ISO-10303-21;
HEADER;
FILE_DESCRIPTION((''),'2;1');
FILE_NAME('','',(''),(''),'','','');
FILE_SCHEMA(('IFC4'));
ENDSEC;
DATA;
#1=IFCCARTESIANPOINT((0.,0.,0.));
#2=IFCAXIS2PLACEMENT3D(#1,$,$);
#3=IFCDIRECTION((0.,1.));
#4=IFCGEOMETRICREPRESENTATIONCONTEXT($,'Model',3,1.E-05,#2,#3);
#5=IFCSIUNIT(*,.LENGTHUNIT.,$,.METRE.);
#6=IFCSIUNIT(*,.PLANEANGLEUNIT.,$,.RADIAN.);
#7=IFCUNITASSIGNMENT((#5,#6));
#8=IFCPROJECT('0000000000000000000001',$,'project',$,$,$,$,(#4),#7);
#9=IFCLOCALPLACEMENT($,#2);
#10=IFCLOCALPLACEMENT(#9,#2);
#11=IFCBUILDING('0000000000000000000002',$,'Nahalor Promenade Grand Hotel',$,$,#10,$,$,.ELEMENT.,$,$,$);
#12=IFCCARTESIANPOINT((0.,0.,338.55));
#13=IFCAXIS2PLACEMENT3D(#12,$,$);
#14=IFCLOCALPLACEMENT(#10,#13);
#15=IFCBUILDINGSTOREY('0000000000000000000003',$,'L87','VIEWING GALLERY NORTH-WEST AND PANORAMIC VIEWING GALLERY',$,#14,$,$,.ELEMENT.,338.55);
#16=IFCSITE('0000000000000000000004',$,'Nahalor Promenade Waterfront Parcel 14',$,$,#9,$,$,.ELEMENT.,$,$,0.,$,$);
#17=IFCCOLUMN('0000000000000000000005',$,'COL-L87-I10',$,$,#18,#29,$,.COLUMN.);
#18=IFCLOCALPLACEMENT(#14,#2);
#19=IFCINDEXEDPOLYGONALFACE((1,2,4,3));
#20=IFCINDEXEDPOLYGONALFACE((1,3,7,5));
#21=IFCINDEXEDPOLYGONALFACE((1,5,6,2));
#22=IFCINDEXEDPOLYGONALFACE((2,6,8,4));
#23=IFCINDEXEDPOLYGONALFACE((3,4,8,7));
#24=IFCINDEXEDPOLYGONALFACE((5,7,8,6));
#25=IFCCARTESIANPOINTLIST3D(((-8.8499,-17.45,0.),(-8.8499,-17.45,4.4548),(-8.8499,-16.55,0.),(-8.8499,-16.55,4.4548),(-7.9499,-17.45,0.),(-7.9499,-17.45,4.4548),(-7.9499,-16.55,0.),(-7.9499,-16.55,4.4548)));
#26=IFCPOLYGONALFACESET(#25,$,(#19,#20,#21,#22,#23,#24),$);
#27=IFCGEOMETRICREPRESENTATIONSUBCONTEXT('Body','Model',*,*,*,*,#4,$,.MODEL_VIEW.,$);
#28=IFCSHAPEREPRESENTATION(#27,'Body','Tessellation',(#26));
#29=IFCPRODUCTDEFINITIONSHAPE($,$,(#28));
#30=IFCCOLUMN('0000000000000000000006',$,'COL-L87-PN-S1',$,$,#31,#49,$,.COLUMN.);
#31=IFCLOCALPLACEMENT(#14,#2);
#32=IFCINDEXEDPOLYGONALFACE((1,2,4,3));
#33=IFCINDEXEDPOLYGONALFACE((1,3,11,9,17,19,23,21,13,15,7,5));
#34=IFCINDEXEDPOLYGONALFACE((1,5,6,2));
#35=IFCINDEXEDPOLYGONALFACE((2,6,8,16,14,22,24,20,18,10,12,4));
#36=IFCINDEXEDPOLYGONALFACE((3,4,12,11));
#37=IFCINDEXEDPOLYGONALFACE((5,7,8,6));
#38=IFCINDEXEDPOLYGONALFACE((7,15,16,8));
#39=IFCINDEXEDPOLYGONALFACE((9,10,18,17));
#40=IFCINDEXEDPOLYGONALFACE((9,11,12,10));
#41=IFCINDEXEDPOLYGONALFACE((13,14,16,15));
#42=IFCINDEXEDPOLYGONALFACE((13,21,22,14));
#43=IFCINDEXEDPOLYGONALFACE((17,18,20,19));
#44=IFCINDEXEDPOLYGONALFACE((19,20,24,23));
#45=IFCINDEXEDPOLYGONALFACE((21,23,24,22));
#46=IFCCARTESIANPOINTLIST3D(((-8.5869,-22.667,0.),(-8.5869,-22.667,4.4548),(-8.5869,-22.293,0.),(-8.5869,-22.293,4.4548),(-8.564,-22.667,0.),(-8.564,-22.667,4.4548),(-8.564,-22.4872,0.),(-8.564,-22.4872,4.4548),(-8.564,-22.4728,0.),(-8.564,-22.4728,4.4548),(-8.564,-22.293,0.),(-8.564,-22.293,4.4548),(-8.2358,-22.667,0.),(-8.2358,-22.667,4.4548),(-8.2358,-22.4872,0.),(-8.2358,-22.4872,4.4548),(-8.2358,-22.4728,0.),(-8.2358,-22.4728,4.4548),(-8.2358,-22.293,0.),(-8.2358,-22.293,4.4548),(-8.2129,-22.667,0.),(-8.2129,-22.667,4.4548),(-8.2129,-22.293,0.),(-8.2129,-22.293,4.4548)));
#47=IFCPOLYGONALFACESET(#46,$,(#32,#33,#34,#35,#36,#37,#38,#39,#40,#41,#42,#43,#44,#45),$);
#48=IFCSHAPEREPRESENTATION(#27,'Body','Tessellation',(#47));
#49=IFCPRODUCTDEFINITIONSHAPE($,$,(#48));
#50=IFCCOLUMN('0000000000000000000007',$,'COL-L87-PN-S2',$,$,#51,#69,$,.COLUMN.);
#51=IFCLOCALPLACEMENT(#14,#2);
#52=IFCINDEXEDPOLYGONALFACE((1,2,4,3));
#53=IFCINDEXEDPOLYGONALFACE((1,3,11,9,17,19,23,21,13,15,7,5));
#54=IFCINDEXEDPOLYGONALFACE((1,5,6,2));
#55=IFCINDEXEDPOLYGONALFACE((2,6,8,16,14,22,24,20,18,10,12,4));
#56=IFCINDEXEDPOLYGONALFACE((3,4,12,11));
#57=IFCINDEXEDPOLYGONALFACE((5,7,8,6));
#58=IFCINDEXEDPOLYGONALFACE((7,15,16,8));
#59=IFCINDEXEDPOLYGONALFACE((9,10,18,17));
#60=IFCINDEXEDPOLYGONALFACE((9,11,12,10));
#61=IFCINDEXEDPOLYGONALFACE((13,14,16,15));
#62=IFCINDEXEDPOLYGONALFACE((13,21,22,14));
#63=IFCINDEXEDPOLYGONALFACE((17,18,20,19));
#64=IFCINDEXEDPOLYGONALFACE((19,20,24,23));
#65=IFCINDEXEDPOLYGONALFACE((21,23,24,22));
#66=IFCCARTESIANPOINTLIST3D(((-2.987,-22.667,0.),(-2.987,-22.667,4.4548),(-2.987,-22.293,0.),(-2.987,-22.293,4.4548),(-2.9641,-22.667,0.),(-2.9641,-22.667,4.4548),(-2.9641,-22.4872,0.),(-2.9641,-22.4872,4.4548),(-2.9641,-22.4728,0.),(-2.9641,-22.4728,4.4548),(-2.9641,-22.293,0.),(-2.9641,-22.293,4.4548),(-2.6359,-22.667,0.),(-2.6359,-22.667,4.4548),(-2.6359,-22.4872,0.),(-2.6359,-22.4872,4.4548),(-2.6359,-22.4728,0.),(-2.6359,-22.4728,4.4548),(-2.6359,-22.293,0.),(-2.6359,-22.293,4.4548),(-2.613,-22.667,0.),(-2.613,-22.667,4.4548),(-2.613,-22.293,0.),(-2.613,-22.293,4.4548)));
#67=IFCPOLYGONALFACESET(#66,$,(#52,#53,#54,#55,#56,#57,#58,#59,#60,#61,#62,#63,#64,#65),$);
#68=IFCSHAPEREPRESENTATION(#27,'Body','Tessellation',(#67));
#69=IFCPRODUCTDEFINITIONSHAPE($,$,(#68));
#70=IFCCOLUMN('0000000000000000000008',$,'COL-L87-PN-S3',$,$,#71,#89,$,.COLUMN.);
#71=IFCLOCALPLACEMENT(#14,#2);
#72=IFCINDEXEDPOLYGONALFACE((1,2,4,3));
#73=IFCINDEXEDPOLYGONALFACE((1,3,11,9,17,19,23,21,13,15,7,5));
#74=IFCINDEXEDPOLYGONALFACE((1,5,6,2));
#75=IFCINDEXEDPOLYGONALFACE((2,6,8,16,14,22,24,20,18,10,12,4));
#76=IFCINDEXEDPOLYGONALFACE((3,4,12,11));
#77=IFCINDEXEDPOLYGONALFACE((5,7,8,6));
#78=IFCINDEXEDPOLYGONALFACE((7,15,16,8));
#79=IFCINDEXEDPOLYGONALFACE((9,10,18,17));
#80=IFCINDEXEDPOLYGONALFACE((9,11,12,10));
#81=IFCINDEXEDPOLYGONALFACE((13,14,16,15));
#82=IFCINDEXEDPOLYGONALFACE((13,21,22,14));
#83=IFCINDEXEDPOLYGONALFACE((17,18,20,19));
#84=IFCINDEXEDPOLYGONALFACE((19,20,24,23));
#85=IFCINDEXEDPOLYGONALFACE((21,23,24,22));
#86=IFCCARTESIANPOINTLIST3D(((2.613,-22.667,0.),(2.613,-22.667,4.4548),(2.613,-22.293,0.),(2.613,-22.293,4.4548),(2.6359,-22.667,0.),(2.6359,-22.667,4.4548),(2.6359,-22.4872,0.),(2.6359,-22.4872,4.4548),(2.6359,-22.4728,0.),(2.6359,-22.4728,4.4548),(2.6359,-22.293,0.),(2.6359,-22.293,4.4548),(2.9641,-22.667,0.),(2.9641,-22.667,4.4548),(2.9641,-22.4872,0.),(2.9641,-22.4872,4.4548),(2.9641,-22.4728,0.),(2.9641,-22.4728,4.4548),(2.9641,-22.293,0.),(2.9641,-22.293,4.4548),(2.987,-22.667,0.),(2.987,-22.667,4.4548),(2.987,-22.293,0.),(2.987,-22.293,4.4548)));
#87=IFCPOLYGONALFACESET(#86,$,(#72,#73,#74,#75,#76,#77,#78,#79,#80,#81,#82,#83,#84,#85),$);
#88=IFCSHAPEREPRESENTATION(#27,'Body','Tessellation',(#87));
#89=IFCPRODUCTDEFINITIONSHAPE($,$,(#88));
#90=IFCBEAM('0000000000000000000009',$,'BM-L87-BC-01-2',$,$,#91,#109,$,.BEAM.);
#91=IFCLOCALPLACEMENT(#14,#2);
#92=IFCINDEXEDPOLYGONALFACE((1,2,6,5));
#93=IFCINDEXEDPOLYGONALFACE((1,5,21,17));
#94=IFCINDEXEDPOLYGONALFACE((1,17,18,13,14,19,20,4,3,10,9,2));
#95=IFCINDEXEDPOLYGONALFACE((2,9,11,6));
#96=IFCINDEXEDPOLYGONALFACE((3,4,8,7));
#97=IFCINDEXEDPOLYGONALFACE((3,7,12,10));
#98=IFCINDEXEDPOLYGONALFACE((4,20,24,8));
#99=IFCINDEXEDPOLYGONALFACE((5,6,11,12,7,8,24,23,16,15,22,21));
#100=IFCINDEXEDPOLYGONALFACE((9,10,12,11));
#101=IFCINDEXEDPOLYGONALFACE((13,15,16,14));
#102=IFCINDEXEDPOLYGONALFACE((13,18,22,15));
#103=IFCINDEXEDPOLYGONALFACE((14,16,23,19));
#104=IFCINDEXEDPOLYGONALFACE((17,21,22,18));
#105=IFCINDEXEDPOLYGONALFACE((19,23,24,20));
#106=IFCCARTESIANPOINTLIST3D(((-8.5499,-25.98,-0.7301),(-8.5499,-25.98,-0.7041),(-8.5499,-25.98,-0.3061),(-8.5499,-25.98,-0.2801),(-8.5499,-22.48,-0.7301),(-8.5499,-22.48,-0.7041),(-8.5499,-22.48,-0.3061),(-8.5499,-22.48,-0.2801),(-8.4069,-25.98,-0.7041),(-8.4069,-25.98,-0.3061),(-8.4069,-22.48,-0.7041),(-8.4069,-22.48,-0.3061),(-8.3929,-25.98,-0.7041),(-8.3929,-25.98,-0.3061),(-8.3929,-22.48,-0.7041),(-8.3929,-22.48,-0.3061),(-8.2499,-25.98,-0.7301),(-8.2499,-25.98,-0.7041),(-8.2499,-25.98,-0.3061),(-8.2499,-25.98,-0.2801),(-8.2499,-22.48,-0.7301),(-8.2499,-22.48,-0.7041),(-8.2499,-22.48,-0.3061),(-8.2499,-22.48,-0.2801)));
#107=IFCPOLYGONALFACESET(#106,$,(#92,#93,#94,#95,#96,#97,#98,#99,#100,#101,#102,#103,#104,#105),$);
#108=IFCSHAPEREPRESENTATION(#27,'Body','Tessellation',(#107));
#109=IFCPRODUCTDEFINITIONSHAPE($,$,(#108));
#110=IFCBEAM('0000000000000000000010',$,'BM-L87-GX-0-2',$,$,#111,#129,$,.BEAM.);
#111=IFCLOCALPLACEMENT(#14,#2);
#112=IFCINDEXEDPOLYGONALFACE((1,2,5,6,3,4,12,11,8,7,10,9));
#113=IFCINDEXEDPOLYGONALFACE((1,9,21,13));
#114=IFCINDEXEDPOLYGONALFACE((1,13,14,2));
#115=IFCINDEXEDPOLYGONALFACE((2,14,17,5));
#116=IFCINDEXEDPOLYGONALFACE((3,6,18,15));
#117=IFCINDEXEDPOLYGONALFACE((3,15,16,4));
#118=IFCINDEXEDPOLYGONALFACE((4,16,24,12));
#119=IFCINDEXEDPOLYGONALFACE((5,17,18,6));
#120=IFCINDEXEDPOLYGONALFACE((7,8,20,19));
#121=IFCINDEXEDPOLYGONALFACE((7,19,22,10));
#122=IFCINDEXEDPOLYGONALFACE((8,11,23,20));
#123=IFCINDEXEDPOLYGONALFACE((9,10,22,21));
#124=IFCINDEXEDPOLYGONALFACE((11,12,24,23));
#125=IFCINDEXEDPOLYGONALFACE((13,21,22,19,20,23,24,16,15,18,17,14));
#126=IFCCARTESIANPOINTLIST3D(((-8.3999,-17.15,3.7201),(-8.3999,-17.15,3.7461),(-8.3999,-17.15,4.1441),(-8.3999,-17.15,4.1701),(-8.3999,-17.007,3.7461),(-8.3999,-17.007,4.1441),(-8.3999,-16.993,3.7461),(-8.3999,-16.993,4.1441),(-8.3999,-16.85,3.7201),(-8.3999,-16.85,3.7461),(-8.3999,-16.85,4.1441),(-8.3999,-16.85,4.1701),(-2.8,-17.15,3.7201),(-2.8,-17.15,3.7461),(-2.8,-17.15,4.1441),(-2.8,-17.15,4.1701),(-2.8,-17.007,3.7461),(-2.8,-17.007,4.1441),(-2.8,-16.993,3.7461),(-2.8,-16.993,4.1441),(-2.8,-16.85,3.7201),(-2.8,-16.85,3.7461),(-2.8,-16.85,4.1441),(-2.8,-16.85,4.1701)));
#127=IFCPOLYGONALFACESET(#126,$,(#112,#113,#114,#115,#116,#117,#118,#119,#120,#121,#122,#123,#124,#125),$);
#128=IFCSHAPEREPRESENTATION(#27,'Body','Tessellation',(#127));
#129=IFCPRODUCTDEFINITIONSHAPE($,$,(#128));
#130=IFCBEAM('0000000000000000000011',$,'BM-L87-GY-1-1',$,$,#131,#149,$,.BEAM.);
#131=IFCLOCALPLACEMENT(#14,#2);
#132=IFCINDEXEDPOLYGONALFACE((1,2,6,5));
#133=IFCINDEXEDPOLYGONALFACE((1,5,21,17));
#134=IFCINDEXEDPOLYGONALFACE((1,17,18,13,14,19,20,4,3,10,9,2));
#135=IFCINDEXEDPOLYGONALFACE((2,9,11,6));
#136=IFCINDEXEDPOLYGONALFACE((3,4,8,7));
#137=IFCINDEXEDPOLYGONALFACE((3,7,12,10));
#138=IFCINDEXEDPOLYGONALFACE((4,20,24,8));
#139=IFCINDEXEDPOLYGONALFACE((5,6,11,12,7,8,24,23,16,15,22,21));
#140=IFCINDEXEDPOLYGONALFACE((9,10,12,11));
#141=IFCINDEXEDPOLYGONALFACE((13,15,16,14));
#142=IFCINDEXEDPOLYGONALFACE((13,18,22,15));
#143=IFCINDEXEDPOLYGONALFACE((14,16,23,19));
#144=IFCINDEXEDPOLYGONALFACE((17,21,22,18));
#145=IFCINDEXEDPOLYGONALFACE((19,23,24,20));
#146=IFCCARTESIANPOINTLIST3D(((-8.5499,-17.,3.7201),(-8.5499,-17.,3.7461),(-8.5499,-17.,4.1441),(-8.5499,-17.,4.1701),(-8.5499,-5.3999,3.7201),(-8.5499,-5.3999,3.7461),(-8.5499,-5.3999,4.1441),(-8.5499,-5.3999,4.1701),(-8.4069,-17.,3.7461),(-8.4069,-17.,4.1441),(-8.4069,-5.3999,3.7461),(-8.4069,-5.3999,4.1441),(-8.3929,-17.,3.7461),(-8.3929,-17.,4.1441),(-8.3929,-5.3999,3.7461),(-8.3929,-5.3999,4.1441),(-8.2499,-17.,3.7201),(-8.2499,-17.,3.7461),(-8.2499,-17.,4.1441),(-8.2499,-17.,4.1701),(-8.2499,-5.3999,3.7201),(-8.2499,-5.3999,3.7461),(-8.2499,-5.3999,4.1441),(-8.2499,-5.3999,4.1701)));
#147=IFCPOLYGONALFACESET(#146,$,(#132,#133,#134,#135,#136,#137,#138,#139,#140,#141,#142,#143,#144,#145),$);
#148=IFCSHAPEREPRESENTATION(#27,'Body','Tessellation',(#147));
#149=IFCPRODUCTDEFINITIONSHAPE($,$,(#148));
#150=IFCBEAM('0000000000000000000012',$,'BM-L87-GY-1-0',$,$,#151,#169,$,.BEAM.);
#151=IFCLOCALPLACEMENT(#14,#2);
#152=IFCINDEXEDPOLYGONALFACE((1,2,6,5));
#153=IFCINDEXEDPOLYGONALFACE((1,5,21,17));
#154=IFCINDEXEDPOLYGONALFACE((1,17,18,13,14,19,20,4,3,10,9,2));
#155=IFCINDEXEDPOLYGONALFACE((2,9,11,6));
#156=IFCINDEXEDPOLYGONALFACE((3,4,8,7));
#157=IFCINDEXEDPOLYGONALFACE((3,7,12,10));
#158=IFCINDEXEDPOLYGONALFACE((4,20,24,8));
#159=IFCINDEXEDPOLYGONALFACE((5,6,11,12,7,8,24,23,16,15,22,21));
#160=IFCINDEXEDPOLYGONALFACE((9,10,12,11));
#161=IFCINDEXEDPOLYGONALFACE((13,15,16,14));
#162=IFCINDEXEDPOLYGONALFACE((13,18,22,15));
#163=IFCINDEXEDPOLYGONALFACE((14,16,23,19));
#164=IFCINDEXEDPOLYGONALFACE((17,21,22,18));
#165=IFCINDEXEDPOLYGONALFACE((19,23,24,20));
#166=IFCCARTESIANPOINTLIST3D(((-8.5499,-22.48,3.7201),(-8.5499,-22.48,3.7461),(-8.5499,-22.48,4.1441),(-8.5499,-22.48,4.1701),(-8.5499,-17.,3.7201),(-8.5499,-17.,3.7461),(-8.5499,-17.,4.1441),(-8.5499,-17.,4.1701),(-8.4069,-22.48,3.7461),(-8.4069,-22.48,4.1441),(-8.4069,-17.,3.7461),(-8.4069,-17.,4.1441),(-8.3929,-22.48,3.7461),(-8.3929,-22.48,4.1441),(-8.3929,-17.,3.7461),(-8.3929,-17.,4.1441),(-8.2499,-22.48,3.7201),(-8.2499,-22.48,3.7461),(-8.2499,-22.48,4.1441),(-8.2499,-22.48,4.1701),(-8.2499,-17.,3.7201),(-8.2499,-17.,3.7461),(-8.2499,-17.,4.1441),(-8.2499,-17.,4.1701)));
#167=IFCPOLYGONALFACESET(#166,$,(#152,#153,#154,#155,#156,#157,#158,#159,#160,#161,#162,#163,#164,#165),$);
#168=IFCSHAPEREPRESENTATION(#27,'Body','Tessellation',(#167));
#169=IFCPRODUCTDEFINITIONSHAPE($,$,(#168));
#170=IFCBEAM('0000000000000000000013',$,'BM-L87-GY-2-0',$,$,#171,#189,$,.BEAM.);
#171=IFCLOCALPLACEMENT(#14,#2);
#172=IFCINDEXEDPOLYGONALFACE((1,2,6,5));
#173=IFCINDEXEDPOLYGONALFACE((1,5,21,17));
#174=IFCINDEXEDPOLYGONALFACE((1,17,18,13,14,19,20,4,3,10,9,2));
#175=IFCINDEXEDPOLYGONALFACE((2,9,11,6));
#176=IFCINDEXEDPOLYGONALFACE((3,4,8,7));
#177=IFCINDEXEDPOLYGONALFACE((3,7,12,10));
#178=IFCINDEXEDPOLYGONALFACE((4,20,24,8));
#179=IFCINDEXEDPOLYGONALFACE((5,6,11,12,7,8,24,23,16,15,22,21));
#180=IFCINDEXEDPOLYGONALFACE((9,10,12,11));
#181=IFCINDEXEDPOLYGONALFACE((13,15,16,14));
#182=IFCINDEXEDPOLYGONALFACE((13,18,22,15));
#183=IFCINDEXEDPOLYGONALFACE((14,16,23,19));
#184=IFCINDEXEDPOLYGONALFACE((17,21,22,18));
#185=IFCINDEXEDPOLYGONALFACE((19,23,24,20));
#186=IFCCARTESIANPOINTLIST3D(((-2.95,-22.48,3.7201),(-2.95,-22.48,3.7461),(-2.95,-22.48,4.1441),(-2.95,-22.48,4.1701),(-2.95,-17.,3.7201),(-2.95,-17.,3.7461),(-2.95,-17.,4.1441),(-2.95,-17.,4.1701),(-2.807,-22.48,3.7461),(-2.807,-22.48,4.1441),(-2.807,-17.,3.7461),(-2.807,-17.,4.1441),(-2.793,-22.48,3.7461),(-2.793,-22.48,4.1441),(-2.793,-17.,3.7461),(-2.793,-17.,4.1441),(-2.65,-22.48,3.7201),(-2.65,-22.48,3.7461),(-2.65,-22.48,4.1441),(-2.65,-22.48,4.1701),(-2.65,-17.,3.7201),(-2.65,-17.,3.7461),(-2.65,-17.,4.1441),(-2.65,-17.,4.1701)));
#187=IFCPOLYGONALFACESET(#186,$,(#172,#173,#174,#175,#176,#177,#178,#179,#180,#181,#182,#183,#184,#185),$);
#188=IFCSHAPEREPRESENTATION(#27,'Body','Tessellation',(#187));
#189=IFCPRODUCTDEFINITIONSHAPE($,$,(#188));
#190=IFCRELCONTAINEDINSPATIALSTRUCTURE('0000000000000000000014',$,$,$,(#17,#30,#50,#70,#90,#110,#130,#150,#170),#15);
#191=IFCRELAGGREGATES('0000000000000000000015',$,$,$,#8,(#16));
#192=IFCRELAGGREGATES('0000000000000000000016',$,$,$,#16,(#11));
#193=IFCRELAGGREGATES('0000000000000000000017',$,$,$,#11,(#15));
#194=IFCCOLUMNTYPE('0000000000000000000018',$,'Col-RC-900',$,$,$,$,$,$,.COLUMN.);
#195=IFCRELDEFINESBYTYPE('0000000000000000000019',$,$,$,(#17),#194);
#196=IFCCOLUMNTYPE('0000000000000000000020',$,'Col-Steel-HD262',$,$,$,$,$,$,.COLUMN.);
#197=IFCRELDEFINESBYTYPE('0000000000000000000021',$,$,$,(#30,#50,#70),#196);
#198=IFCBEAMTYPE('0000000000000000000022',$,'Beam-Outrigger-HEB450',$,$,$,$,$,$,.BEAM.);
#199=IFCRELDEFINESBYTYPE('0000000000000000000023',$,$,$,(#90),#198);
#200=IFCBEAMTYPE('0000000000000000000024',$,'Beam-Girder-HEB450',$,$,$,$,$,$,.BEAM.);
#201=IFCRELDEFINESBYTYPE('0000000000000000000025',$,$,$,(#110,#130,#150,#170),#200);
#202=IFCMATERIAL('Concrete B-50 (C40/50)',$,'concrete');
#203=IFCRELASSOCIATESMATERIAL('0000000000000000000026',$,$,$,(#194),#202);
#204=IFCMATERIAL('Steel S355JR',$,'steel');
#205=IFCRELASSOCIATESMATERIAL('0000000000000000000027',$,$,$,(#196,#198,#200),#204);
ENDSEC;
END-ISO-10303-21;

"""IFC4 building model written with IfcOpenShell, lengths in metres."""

from ifc_helpers import new_model, si_unit, direction, frame, origin, origin_2d, place, context, subcontext, project, spatial, rectangle, i_section, extrude, source, transform, mapped, material, material_profile, profile_set, type_object, element, save


model = new_model("IFC4")

# Units and contexts
model_context = context("Model", 3, precision=1e-05, world=origin(), true_north=direction((0.0, 1.0)))
body_context = subcontext(model_context, "Body", "Model", "MODEL_VIEW")
ifc_project = project(units=[si_unit("LENGTHUNIT", "METRE"), si_unit("PLANEANGLEUNIT", "RADIAN")], contexts=[model_context])

# Site, building, storey
site_placement = place(None, origin())
site = spatial("IfcSite", under=ifc_project, at=site_placement, Name="Nahalor Promenade Waterfront Parcel 14", CompositionType="ELEMENT", RefElevation=0.0)
building_placement = place(site_placement, origin())
building = spatial("IfcBuilding", under=site, at=building_placement, Name="Nahalor Promenade Grand Hotel", CompositionType="ELEMENT")
storey_placement = place(building_placement, frame((0.0, 0.0, 338.55)))
storey = spatial("IfcBuildingStorey", under=building, at=storey_placement, Name="L87", Description="VIEWING GALLERY NORTH-WEST AND PANORAMIC VIEWING GALLERY", CompositionType="ELEMENT", Elevation=338.55)

# Columns
ifc_material_1 = material(Name="Concrete B-50 (C40/50)", Category="concrete")
ifc_material_profile_1 = material_profile(ifc_material_1, rectangle(XDim=0.9, YDim=0.9, at=origin_2d()), Name="RC 900x900")
ifc_profile_set_1 = profile_set([ifc_material_profile_1], Name="Concrete B-50 (C40/50)")
column_type_1 = type_object("IfcColumnType", Name="Col-RC-900", PredefinedType="COLUMN", material=ifc_profile_set_1)
shared_shape_1 = source(origin(), body_context, "Body", "SweptSolid", [
    extrude(rectangle(XDim=0.9, YDim=0.9, at=origin_2d()), origin(), (0.0, 0.0, 1.0), 4.4548),
])
column_placement = place(storey_placement, frame((-8.3999, -17.0, 0.0), z_axis=(0.0, 0.0, 1.0), x_axis=(1.0, 0.0, 0.0)))
element("IfcColumn", 1, at=column_placement, inside=storey, type_object=column_type_1, Name="COL-L87-I10", PredefinedType="COLUMN", context=body_context, shape_type="MappedRepresentation", body=[
    mapped(shared_shape_1, transform((0.0, 0.0, 0.0), scale=1.0)),
])
ifc_material_2 = material(Name="Steel S355JR", Category="steel")
ifc_material_profile_2 = material_profile(ifc_material_2, i_section(OverallWidth=0.374, OverallDepth=0.374, WebThickness=0.0144, FlangeThickness=0.0229, at=origin_2d()), Name="HD 360x262")
ifc_profile_set_2 = profile_set([ifc_material_profile_2], Name="Steel S355JR")
column_type_2 = type_object("IfcColumnType", Name="Col-Steel-HD262", PredefinedType="COLUMN", material=ifc_profile_set_2)
shared_shape_2 = source(origin(), body_context, "Body", "SweptSolid", [
    extrude(i_section(OverallWidth=0.374, OverallDepth=0.374, WebThickness=0.0144, FlangeThickness=0.0229, at=origin_2d()), origin(), (0.0, 0.0, 1.0), 4.4548),
])
for number, where, z_axis, x_axis, name in (
    (2, (-8.3999, -22.48, 0.0), (0.0, 0.0, 1.0), (0.0, 1.0, 0.0), "COL-L87-PN-S1"),
    (3, (-2.8, -22.48, 0.0), (0.0, 0.0, 1.0), (0.0, 1.0, 0.0), "COL-L87-PN-S2"),
    (4, (2.8, -22.48, 0.0), (0.0, 0.0, 1.0), (0.0, 1.0, 0.0), "COL-L87-PN-S3"),
):
    element("IfcColumn", number, at=place(storey_placement, frame(where, z_axis=z_axis, x_axis=x_axis)), inside=storey, type_object=column_type_2, Name=name, PredefinedType="COLUMN", context=body_context, shape_type="MappedRepresentation", body=[
        mapped(shared_shape_2, transform((0.0, 0.0, 0.0), scale=1.0)),
    ])

# Beams
ifc_material_profile_3 = material_profile(ifc_material_2, i_section(OverallWidth=0.3, OverallDepth=0.45, WebThickness=0.014, FlangeThickness=0.026, at=origin_2d()), Name="HEB 450")
ifc_profile_set_3 = profile_set([ifc_material_profile_3], Name="Steel S355JR")
beam_type_1 = type_object("IfcBeamType", Name="Beam-Outrigger-HEB450", PredefinedType="BEAM", material=ifc_profile_set_3)
shared_shape_3 = source(origin(), body_context, "Body", "SweptSolid", [
    extrude(i_section(OverallWidth=0.3, OverallDepth=0.45, WebThickness=0.014, FlangeThickness=0.026, at=origin_2d()), origin(), (0.0, 0.0, 1.0), 3.5),
])
beam_1_placement = place(storey_placement, frame((-8.3999, -25.98, -0.5051), z_axis=(0.0, 1.0, 0.0), x_axis=(-1.0, 0.0, 0.0)))
element("IfcBeam", 5, at=beam_1_placement, inside=storey, type_object=beam_type_1, Name="BM-L87-BC-01-2", PredefinedType="BEAM", context=body_context, shape_type="MappedRepresentation", body=[
    mapped(shared_shape_3, transform((0.0, 0.0, 0.0), scale=1.0)),
])
ifc_material_profile_4 = material_profile(ifc_material_2, i_section(OverallWidth=0.3, OverallDepth=0.45, WebThickness=0.014, FlangeThickness=0.026, at=origin_2d()), Name="HEB 450")
ifc_profile_set_4 = profile_set([ifc_material_profile_4], Name="Steel S355JR")
beam_type_2 = type_object("IfcBeamType", Name="Beam-Girder-HEB450", PredefinedType="BEAM", material=ifc_profile_set_4)
shared_shape_4 = source(origin(), body_context, "Body", "SweptSolid", [
    extrude(i_section(OverallWidth=0.3, OverallDepth=0.45, WebThickness=0.014, FlangeThickness=0.026, at=origin_2d()), origin(), (0.0, 0.0, 1.0), 5.5999),
])
beam_2_placement = place(storey_placement, frame((-8.3999, -17.0, 3.9451), z_axis=(1.0, 0.0, 0.0), x_axis=(0.0, 1.0, 0.0)))
element("IfcBeam", 6, at=beam_2_placement, inside=storey, type_object=beam_type_2, Name="BM-L87-GX-0-2", PredefinedType="BEAM", context=body_context, shape_type="MappedRepresentation", body=[
    mapped(shared_shape_4, transform((0.0, 0.0, 0.0), scale=1.0)),
])
shared_shape_5 = source(origin(), body_context, "Body", "SweptSolid", [
    extrude(i_section(OverallWidth=0.3, OverallDepth=0.45, WebThickness=0.014, FlangeThickness=0.026, at=origin_2d()), origin(), (0.0, 0.0, 1.0), 11.6001),
])
beam_3_placement = place(storey_placement, frame((-8.3999, -17.0, 3.9451), z_axis=(0.0, 1.0, 0.0), x_axis=(-1.0, 0.0, 0.0)))
element("IfcBeam", 7, at=beam_3_placement, inside=storey, type_object=beam_type_2, Name="BM-L87-GY-1-1", PredefinedType="BEAM", context=body_context, shape_type="MappedRepresentation", body=[
    mapped(shared_shape_5, transform((0.0, 0.0, 0.0), scale=1.0)),
])
shared_shape_6 = source(origin(), body_context, "Body", "SweptSolid", [
    extrude(i_section(OverallWidth=0.3, OverallDepth=0.45, WebThickness=0.014, FlangeThickness=0.026, at=origin_2d()), origin(), (0.0, 0.0, 1.0), 5.48),
])
for number, where, z_axis, x_axis, name in (
    (8, (-8.3999, -22.48, 3.9451), (0.0, 1.0, 0.0), (-1.0, 0.0, 0.0), "BM-L87-GY-1-0"),
    (9, (-2.8, -22.48, 3.9451), (0.0, 1.0, 0.0), (-1.0, 0.0, 0.0), "BM-L87-GY-2-0"),
):
    element("IfcBeam", number, at=place(storey_placement, frame(where, z_axis=z_axis, x_axis=x_axis)), inside=storey, type_object=beam_type_2, Name=name, PredefinedType="BEAM", context=body_context, shape_type="MappedRepresentation", body=[
        mapped(shared_shape_6, transform((0.0, 0.0, 0.0), scale=1.0)),
    ])

save(model, "model.ifc")
